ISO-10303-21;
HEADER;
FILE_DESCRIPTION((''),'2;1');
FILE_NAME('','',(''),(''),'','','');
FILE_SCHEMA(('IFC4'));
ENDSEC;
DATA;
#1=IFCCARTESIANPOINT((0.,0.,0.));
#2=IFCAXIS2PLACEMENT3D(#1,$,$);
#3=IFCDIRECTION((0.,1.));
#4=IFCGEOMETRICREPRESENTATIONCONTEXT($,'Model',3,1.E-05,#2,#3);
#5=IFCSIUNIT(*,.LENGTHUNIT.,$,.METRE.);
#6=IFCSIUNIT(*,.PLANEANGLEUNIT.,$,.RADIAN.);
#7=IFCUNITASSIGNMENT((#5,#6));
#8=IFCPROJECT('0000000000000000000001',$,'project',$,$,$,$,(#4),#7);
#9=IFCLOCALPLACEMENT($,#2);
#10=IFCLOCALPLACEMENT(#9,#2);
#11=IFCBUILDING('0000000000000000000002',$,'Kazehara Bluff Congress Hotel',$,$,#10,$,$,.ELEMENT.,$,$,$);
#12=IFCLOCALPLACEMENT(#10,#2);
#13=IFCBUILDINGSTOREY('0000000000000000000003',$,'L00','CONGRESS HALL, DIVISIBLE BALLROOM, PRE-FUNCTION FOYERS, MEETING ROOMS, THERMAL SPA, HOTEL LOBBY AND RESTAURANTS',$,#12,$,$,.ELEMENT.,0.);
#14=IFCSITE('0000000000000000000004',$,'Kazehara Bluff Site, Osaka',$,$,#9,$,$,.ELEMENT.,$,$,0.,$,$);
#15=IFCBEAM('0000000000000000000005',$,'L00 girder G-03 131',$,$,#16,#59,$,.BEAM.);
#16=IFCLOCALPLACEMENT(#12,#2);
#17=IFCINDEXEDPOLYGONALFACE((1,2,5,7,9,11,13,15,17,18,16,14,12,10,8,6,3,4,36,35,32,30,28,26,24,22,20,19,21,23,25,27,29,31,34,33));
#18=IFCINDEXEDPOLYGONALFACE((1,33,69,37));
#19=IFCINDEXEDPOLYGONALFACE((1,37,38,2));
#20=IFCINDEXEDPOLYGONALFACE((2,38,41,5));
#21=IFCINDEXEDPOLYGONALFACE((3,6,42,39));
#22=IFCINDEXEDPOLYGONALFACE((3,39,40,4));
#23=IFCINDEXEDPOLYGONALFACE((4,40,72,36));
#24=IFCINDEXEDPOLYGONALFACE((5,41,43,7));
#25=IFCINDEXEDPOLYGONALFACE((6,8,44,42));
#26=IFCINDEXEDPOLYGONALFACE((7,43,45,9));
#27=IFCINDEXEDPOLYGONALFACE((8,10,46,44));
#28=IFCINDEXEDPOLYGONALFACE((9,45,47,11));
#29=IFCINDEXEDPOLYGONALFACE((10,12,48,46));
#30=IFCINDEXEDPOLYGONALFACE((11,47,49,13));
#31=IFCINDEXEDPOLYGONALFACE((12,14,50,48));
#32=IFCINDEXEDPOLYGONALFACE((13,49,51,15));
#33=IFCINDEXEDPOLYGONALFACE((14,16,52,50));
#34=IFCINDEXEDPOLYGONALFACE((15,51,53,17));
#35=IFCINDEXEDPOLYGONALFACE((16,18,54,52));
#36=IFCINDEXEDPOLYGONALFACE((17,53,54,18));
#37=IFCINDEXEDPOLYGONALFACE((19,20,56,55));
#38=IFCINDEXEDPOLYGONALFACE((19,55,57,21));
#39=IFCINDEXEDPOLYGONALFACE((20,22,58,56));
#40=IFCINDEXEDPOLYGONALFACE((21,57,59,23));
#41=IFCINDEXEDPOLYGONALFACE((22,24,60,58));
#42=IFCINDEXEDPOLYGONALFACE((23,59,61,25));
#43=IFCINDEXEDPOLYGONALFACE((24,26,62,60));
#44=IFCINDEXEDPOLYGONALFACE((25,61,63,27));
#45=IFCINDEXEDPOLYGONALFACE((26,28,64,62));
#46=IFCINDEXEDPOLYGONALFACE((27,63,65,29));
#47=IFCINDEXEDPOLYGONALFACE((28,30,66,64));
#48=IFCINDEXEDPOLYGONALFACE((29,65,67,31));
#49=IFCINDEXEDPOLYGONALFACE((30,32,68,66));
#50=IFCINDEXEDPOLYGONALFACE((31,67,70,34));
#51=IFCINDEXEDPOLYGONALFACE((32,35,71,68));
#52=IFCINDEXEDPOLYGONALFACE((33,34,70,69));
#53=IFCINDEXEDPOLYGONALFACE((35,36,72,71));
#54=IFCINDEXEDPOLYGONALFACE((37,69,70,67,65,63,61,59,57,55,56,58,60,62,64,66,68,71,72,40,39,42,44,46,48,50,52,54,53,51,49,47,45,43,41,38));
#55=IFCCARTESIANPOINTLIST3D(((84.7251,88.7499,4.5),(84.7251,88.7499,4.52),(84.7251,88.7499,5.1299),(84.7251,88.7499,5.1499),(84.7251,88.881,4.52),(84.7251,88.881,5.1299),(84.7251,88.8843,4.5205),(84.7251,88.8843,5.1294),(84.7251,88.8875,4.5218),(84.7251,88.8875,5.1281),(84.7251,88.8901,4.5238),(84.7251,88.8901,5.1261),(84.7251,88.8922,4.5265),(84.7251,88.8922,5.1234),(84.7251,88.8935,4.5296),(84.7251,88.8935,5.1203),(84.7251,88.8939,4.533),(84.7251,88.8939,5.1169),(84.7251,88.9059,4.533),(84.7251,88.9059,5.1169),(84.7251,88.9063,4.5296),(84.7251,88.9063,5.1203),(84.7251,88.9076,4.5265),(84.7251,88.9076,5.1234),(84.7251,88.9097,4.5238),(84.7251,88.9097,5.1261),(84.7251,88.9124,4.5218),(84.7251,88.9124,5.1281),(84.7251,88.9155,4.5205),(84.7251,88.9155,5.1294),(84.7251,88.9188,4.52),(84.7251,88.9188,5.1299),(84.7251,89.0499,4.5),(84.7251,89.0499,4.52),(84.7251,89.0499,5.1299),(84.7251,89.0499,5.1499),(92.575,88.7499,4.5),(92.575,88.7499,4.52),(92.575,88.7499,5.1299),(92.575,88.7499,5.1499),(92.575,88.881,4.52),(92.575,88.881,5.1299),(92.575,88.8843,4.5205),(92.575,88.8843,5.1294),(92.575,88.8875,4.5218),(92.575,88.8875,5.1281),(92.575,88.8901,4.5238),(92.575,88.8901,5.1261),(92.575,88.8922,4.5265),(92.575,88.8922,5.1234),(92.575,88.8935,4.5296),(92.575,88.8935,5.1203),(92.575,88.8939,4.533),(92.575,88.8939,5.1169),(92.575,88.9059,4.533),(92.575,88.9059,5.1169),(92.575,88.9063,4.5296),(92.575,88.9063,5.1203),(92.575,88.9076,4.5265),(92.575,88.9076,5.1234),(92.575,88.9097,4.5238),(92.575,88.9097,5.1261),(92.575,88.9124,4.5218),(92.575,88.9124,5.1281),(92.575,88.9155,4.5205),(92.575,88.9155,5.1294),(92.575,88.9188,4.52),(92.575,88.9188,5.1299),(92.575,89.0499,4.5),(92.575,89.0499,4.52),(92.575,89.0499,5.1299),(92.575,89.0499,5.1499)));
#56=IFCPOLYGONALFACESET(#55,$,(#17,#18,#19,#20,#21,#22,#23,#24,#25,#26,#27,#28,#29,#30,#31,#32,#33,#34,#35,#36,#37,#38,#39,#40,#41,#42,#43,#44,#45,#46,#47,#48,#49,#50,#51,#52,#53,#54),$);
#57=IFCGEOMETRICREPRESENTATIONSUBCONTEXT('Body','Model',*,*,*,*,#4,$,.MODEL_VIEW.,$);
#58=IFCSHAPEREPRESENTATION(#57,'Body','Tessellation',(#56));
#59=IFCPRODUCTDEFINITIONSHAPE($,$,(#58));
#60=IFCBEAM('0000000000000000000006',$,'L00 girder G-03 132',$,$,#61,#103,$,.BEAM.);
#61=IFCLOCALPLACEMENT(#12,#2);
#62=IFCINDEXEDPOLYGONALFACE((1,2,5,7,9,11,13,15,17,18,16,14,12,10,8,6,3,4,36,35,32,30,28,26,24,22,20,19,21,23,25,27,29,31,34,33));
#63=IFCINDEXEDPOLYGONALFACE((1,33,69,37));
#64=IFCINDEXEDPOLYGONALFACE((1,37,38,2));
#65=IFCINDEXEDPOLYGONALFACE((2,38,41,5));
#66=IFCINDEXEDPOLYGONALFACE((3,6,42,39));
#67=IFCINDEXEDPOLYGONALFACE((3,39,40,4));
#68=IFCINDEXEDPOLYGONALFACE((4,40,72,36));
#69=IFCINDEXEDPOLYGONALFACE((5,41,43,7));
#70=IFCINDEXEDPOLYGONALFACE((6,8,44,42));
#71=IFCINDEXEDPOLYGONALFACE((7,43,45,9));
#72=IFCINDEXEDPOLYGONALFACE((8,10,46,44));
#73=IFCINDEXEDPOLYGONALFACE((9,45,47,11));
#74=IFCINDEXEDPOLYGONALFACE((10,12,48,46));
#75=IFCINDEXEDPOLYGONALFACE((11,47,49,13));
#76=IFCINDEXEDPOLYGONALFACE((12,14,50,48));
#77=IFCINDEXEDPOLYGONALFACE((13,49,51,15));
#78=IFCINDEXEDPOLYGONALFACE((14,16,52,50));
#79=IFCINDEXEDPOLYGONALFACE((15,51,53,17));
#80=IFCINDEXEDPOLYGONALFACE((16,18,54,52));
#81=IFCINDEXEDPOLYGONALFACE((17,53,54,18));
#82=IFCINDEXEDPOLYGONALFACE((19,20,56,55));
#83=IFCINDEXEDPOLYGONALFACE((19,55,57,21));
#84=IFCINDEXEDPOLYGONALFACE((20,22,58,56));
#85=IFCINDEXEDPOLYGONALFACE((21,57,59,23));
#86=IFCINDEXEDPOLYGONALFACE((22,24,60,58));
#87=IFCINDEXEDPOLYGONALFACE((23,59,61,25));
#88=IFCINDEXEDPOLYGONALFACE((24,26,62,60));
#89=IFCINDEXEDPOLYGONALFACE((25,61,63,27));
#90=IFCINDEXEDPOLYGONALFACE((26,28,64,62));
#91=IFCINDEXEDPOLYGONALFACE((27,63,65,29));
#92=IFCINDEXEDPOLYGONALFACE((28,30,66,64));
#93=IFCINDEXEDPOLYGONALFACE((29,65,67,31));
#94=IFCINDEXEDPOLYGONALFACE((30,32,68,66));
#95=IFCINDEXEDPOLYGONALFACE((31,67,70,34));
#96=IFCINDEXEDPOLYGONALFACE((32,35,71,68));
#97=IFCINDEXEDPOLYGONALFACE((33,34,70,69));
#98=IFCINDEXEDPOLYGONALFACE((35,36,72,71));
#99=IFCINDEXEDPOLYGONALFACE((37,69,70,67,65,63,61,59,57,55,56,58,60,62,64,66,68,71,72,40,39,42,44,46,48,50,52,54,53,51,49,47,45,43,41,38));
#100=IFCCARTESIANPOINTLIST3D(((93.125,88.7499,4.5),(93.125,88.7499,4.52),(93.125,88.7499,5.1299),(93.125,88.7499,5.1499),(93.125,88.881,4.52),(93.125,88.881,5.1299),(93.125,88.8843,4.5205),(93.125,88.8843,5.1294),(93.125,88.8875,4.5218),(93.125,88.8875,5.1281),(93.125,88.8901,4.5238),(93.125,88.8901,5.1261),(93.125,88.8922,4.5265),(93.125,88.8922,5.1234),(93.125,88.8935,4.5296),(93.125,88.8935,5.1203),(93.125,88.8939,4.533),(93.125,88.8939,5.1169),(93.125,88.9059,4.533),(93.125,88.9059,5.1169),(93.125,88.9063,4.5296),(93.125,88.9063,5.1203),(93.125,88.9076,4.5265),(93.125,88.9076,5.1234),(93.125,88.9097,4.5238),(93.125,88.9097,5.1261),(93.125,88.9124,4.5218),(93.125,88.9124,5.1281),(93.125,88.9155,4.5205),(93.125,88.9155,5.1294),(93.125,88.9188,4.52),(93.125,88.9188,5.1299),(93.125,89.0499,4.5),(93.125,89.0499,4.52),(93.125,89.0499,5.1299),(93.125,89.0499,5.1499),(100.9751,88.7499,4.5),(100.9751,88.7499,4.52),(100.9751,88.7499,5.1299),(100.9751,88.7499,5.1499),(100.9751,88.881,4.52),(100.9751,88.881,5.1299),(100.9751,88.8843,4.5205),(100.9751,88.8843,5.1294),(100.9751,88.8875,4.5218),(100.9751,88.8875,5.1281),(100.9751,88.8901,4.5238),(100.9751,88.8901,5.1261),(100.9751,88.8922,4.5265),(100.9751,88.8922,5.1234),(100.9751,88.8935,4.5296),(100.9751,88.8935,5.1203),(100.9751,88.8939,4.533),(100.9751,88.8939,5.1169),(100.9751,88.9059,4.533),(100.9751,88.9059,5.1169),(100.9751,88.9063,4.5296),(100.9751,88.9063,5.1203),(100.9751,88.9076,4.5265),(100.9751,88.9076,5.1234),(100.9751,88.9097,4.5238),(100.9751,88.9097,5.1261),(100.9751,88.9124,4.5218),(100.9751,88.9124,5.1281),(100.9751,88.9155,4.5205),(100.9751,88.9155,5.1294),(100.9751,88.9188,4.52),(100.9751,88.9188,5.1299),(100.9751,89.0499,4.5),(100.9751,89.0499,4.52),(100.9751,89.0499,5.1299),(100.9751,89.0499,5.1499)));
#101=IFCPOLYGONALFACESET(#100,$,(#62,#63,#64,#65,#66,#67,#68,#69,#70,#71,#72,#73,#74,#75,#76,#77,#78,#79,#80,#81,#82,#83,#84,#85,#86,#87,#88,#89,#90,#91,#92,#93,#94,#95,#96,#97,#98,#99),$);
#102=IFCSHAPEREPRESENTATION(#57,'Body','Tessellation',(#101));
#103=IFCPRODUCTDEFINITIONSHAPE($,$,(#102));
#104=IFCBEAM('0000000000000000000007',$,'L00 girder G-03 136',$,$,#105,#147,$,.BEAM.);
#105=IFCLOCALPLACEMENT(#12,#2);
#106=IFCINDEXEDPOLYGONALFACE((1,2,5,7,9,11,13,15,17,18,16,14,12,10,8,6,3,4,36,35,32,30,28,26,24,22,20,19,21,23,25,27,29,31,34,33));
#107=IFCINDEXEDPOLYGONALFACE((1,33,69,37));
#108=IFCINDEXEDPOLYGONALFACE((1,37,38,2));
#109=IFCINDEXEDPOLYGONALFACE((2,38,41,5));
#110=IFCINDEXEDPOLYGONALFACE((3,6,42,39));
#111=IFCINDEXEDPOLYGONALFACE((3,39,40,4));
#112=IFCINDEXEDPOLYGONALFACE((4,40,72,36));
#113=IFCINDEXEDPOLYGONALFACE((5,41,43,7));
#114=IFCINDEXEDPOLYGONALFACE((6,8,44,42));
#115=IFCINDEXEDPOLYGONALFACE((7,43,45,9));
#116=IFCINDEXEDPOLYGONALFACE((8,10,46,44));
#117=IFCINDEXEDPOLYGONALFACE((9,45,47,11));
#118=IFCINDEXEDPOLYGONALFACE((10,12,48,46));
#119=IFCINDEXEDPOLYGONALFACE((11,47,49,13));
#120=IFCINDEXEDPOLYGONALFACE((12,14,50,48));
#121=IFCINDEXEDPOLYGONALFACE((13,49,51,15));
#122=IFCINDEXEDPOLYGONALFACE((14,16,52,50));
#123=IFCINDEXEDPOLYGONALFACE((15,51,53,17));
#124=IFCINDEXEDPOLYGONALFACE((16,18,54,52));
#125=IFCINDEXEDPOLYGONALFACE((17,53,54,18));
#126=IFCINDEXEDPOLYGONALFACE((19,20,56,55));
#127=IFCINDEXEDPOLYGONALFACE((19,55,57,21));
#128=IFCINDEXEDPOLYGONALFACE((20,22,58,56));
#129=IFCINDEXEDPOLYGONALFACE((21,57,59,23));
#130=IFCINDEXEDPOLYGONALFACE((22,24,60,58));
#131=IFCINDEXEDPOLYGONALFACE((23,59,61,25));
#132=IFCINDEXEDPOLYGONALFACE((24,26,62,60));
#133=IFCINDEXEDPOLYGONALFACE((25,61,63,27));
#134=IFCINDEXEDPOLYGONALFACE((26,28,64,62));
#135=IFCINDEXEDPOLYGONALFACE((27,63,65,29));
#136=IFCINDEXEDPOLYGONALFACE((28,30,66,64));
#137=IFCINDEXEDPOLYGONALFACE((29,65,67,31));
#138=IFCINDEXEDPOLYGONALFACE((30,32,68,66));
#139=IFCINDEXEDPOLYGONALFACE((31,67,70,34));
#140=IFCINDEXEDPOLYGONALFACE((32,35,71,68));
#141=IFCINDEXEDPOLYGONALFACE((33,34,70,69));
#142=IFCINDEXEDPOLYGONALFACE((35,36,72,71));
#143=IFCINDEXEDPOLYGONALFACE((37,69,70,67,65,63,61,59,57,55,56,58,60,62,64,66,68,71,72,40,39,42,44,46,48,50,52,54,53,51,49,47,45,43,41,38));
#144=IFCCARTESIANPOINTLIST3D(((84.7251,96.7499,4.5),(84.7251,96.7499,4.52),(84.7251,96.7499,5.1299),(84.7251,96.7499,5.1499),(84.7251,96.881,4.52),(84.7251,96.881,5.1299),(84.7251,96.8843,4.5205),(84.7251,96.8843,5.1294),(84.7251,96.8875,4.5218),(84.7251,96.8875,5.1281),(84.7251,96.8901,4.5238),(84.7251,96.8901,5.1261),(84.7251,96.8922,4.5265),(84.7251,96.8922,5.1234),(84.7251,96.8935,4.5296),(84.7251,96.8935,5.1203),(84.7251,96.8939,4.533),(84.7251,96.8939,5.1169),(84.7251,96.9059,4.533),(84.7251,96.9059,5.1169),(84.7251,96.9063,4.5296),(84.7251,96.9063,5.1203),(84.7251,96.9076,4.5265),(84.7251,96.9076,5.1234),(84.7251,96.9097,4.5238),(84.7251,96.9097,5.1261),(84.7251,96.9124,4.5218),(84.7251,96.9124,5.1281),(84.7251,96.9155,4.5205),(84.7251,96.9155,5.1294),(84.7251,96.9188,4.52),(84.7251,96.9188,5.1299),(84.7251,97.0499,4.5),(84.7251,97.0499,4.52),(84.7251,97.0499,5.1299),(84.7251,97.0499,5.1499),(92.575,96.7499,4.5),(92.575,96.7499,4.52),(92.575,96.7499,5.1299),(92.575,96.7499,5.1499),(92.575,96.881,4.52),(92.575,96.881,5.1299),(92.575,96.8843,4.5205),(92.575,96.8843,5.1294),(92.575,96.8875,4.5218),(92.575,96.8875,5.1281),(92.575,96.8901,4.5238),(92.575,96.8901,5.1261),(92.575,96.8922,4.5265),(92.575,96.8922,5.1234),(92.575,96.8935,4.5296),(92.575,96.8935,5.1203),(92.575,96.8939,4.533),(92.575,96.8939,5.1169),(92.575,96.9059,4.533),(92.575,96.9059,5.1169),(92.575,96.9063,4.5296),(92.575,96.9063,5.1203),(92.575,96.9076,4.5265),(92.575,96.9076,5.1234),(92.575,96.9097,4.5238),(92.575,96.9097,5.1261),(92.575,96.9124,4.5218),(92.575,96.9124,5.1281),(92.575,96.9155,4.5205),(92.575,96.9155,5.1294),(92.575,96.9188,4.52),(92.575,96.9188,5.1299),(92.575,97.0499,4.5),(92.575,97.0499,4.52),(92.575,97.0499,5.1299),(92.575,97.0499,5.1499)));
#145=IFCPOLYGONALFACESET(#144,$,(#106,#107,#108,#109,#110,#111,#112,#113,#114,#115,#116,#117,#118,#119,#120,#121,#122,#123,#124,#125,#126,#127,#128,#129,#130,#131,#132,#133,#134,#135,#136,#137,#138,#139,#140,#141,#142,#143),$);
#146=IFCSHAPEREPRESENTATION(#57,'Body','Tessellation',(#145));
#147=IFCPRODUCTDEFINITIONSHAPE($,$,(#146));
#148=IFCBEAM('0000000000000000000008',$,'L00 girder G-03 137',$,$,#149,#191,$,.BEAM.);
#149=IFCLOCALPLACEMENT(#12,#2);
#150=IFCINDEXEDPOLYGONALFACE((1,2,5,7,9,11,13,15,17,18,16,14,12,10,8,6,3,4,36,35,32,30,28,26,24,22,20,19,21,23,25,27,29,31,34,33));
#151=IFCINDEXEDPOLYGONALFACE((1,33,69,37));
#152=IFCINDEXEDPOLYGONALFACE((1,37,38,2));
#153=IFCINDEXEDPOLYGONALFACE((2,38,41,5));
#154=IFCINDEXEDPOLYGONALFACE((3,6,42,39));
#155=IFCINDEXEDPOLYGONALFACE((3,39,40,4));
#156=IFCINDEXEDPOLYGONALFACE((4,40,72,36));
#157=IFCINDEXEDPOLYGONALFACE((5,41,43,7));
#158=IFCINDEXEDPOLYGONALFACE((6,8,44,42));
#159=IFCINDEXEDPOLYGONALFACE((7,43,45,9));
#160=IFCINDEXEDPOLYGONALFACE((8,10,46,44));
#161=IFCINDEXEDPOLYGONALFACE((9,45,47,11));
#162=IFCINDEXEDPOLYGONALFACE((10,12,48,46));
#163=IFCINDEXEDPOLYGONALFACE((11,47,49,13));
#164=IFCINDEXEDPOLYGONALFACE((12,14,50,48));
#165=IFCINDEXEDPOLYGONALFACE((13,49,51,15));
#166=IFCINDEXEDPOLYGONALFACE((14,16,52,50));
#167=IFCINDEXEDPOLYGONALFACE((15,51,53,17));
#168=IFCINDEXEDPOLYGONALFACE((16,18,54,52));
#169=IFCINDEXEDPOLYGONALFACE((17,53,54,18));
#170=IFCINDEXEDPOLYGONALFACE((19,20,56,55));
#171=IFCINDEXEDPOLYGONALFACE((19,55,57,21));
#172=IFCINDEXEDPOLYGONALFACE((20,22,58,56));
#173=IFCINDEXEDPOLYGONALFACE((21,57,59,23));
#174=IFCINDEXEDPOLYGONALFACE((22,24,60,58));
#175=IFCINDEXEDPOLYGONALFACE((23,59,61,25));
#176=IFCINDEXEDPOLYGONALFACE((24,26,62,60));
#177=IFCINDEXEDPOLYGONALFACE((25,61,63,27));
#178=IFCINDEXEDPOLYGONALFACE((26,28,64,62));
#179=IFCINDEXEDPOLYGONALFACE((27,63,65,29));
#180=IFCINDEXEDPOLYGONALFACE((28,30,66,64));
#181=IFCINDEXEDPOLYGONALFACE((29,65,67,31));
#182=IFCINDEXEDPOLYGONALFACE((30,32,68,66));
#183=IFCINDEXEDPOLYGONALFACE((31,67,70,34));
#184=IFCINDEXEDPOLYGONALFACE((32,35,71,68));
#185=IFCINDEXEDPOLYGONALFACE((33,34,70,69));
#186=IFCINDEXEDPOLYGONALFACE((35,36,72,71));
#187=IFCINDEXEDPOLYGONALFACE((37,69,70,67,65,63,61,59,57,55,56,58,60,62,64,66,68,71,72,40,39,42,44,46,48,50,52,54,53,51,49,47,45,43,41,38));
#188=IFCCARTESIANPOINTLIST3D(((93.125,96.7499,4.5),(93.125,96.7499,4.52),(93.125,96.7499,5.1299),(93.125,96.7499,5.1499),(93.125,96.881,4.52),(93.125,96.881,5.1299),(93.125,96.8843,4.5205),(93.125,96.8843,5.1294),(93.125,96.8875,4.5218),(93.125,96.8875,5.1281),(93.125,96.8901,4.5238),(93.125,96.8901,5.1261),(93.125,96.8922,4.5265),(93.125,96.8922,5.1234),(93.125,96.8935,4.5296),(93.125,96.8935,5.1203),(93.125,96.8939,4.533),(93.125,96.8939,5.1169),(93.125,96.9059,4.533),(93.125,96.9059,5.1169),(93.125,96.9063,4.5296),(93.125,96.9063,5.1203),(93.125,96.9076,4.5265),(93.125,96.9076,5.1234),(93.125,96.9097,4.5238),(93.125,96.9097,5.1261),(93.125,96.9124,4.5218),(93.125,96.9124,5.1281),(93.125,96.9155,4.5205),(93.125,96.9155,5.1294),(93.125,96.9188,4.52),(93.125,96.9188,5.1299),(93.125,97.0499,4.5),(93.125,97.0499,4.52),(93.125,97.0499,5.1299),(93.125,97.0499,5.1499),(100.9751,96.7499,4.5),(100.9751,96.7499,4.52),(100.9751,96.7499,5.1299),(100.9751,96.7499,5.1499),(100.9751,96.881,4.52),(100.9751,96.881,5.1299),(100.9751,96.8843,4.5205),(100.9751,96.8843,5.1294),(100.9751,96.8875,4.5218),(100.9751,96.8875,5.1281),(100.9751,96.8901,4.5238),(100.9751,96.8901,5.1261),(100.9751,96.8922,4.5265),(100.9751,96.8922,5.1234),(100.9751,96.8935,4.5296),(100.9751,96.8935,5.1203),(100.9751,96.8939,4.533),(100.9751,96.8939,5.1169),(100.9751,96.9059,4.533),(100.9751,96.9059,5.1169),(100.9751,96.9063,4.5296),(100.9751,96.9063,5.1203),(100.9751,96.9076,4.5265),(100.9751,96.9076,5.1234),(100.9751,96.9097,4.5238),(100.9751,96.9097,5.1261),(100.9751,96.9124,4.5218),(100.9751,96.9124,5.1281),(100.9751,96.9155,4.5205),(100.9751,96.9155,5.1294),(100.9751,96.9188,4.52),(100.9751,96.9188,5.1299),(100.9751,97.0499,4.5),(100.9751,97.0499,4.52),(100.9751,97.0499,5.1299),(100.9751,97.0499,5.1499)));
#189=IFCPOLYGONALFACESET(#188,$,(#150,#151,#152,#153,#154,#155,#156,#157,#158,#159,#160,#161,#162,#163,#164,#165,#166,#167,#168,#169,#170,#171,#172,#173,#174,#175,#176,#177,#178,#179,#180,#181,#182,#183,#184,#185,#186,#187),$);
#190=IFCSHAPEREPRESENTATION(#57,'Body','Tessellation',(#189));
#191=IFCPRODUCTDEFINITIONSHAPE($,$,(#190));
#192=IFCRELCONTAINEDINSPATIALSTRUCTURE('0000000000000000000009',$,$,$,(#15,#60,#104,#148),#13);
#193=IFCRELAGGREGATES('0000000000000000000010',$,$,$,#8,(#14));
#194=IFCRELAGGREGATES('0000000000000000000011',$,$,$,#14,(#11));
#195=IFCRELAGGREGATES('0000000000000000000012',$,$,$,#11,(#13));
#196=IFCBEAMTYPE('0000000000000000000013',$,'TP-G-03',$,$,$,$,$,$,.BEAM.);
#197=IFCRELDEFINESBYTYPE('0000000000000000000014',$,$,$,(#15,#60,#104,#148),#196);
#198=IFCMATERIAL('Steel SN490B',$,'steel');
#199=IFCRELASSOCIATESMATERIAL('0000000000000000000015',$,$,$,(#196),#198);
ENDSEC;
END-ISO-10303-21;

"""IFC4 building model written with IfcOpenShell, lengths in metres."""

from ifc_helpers import new_model, si_unit, direction, frame, origin, origin_2d, place, context, subcontext, project, spatial, i_section, extrude, material, material_profile, profile_set, type_object, element, save


model = new_model("IFC4")

# Units and contexts
model_context = context("Model", 3, precision=1e-05, world=origin(), true_north=direction((0.0, 1.0)))
body_context = subcontext(model_context, "Body", "Model", "MODEL_VIEW")
ifc_project = project(units=[si_unit("LENGTHUNIT", "METRE"), si_unit("PLANEANGLEUNIT", "RADIAN")], contexts=[model_context])

# Site, building, storey
site_placement = place(None, origin())
site = spatial("IfcSite", under=ifc_project, at=site_placement, Name="Kazehara Bluff Site, Osaka", CompositionType="ELEMENT", RefElevation=0.0)
building_placement = place(site_placement, origin())
building = spatial("IfcBuilding", under=site, at=building_placement, Name="Kazehara Bluff Congress Hotel", CompositionType="ELEMENT")
storey_placement = place(building_placement, origin())
storey = spatial("IfcBuildingStorey", under=building, at=storey_placement, Name="L00", Description="CONGRESS HALL, DIVISIBLE BALLROOM, PRE-FUNCTION FOYERS, MEETING ROOMS, THERMAL SPA, HOTEL LOBBY AND RESTAURANTS", CompositionType="ELEMENT", Elevation=0.0)

# Beams
ifc_material_1 = material(Name="Steel SN490B", Category="steel")
ifc_material_profile_1 = material_profile(ifc_material_1, i_section(OverallWidth=0.3, OverallDepth=0.6499, WebThickness=0.012, FlangeThickness=0.02, FilletRadius=0.0129, at=origin_2d()))
ifc_profile_set_1 = profile_set([ifc_material_profile_1], Name="Steel SN490B")
beam_type_1 = type_object("IfcBeamType", Name="TP-G-03", PredefinedType="BEAM", material=ifc_profile_set_1)
beam_1_placement = place(storey_placement, frame((84.7251, 88.8999, 4.825), z_axis=(1.0, 0.0, 0.0), x_axis=(0.0, 1.0, 0.0)))
element("IfcBeam", 1, at=beam_1_placement, inside=storey, type_object=beam_type_1, Name="L00 girder G-03 131", PredefinedType="BEAM", context=body_context, shape_type="SweptSolid", body=[
    extrude(i_section(OverallWidth=0.3, OverallDepth=0.6499, WebThickness=0.012, FlangeThickness=0.02, FilletRadius=0.0129, at=origin_2d()), origin(), (0.0, 0.0, 1.0), 7.8499),
])
beam_2_placement = place(storey_placement, frame((93.125, 88.8999, 4.825), z_axis=(1.0, 0.0, 0.0), x_axis=(0.0, 1.0, 0.0)))
element("IfcBeam", 2, at=beam_2_placement, inside=storey, type_object=beam_type_1, Name="L00 girder G-03 132", PredefinedType="BEAM", context=body_context, shape_type="SweptSolid", body=[
    extrude(i_section(OverallWidth=0.3, OverallDepth=0.6499, WebThickness=0.012, FlangeThickness=0.02, FilletRadius=0.0129, at=origin_2d()), origin(), (0.0, 0.0, 1.0), 7.8501),
])
beam_3_placement = place(storey_placement, frame((84.7251, 96.8999, 4.825), z_axis=(1.0, 0.0, 0.0), x_axis=(0.0, 1.0, 0.0)))
element("IfcBeam", 3, at=beam_3_placement, inside=storey, type_object=beam_type_1, Name="L00 girder G-03 136", PredefinedType="BEAM", context=body_context, shape_type="SweptSolid", body=[
    extrude(i_section(OverallWidth=0.3, OverallDepth=0.6499, WebThickness=0.012, FlangeThickness=0.02, FilletRadius=0.0129, at=origin_2d()), origin(), (0.0, 0.0, 1.0), 7.8499),
])
beam_4_placement = place(storey_placement, frame((93.125, 96.8999, 4.825), z_axis=(1.0, 0.0, 0.0), x_axis=(0.0, 1.0, 0.0)))
element("IfcBeam", 4, at=beam_4_placement, inside=storey, type_object=beam_type_1, Name="L00 girder G-03 137", PredefinedType="BEAM", context=body_context, shape_type="SweptSolid", body=[
    extrude(i_section(OverallWidth=0.3, OverallDepth=0.6499, WebThickness=0.012, FlangeThickness=0.02, FilletRadius=0.0129, at=origin_2d()), origin(), (0.0, 0.0, 1.0), 7.8501),
])

save(model, "model.ifc")
